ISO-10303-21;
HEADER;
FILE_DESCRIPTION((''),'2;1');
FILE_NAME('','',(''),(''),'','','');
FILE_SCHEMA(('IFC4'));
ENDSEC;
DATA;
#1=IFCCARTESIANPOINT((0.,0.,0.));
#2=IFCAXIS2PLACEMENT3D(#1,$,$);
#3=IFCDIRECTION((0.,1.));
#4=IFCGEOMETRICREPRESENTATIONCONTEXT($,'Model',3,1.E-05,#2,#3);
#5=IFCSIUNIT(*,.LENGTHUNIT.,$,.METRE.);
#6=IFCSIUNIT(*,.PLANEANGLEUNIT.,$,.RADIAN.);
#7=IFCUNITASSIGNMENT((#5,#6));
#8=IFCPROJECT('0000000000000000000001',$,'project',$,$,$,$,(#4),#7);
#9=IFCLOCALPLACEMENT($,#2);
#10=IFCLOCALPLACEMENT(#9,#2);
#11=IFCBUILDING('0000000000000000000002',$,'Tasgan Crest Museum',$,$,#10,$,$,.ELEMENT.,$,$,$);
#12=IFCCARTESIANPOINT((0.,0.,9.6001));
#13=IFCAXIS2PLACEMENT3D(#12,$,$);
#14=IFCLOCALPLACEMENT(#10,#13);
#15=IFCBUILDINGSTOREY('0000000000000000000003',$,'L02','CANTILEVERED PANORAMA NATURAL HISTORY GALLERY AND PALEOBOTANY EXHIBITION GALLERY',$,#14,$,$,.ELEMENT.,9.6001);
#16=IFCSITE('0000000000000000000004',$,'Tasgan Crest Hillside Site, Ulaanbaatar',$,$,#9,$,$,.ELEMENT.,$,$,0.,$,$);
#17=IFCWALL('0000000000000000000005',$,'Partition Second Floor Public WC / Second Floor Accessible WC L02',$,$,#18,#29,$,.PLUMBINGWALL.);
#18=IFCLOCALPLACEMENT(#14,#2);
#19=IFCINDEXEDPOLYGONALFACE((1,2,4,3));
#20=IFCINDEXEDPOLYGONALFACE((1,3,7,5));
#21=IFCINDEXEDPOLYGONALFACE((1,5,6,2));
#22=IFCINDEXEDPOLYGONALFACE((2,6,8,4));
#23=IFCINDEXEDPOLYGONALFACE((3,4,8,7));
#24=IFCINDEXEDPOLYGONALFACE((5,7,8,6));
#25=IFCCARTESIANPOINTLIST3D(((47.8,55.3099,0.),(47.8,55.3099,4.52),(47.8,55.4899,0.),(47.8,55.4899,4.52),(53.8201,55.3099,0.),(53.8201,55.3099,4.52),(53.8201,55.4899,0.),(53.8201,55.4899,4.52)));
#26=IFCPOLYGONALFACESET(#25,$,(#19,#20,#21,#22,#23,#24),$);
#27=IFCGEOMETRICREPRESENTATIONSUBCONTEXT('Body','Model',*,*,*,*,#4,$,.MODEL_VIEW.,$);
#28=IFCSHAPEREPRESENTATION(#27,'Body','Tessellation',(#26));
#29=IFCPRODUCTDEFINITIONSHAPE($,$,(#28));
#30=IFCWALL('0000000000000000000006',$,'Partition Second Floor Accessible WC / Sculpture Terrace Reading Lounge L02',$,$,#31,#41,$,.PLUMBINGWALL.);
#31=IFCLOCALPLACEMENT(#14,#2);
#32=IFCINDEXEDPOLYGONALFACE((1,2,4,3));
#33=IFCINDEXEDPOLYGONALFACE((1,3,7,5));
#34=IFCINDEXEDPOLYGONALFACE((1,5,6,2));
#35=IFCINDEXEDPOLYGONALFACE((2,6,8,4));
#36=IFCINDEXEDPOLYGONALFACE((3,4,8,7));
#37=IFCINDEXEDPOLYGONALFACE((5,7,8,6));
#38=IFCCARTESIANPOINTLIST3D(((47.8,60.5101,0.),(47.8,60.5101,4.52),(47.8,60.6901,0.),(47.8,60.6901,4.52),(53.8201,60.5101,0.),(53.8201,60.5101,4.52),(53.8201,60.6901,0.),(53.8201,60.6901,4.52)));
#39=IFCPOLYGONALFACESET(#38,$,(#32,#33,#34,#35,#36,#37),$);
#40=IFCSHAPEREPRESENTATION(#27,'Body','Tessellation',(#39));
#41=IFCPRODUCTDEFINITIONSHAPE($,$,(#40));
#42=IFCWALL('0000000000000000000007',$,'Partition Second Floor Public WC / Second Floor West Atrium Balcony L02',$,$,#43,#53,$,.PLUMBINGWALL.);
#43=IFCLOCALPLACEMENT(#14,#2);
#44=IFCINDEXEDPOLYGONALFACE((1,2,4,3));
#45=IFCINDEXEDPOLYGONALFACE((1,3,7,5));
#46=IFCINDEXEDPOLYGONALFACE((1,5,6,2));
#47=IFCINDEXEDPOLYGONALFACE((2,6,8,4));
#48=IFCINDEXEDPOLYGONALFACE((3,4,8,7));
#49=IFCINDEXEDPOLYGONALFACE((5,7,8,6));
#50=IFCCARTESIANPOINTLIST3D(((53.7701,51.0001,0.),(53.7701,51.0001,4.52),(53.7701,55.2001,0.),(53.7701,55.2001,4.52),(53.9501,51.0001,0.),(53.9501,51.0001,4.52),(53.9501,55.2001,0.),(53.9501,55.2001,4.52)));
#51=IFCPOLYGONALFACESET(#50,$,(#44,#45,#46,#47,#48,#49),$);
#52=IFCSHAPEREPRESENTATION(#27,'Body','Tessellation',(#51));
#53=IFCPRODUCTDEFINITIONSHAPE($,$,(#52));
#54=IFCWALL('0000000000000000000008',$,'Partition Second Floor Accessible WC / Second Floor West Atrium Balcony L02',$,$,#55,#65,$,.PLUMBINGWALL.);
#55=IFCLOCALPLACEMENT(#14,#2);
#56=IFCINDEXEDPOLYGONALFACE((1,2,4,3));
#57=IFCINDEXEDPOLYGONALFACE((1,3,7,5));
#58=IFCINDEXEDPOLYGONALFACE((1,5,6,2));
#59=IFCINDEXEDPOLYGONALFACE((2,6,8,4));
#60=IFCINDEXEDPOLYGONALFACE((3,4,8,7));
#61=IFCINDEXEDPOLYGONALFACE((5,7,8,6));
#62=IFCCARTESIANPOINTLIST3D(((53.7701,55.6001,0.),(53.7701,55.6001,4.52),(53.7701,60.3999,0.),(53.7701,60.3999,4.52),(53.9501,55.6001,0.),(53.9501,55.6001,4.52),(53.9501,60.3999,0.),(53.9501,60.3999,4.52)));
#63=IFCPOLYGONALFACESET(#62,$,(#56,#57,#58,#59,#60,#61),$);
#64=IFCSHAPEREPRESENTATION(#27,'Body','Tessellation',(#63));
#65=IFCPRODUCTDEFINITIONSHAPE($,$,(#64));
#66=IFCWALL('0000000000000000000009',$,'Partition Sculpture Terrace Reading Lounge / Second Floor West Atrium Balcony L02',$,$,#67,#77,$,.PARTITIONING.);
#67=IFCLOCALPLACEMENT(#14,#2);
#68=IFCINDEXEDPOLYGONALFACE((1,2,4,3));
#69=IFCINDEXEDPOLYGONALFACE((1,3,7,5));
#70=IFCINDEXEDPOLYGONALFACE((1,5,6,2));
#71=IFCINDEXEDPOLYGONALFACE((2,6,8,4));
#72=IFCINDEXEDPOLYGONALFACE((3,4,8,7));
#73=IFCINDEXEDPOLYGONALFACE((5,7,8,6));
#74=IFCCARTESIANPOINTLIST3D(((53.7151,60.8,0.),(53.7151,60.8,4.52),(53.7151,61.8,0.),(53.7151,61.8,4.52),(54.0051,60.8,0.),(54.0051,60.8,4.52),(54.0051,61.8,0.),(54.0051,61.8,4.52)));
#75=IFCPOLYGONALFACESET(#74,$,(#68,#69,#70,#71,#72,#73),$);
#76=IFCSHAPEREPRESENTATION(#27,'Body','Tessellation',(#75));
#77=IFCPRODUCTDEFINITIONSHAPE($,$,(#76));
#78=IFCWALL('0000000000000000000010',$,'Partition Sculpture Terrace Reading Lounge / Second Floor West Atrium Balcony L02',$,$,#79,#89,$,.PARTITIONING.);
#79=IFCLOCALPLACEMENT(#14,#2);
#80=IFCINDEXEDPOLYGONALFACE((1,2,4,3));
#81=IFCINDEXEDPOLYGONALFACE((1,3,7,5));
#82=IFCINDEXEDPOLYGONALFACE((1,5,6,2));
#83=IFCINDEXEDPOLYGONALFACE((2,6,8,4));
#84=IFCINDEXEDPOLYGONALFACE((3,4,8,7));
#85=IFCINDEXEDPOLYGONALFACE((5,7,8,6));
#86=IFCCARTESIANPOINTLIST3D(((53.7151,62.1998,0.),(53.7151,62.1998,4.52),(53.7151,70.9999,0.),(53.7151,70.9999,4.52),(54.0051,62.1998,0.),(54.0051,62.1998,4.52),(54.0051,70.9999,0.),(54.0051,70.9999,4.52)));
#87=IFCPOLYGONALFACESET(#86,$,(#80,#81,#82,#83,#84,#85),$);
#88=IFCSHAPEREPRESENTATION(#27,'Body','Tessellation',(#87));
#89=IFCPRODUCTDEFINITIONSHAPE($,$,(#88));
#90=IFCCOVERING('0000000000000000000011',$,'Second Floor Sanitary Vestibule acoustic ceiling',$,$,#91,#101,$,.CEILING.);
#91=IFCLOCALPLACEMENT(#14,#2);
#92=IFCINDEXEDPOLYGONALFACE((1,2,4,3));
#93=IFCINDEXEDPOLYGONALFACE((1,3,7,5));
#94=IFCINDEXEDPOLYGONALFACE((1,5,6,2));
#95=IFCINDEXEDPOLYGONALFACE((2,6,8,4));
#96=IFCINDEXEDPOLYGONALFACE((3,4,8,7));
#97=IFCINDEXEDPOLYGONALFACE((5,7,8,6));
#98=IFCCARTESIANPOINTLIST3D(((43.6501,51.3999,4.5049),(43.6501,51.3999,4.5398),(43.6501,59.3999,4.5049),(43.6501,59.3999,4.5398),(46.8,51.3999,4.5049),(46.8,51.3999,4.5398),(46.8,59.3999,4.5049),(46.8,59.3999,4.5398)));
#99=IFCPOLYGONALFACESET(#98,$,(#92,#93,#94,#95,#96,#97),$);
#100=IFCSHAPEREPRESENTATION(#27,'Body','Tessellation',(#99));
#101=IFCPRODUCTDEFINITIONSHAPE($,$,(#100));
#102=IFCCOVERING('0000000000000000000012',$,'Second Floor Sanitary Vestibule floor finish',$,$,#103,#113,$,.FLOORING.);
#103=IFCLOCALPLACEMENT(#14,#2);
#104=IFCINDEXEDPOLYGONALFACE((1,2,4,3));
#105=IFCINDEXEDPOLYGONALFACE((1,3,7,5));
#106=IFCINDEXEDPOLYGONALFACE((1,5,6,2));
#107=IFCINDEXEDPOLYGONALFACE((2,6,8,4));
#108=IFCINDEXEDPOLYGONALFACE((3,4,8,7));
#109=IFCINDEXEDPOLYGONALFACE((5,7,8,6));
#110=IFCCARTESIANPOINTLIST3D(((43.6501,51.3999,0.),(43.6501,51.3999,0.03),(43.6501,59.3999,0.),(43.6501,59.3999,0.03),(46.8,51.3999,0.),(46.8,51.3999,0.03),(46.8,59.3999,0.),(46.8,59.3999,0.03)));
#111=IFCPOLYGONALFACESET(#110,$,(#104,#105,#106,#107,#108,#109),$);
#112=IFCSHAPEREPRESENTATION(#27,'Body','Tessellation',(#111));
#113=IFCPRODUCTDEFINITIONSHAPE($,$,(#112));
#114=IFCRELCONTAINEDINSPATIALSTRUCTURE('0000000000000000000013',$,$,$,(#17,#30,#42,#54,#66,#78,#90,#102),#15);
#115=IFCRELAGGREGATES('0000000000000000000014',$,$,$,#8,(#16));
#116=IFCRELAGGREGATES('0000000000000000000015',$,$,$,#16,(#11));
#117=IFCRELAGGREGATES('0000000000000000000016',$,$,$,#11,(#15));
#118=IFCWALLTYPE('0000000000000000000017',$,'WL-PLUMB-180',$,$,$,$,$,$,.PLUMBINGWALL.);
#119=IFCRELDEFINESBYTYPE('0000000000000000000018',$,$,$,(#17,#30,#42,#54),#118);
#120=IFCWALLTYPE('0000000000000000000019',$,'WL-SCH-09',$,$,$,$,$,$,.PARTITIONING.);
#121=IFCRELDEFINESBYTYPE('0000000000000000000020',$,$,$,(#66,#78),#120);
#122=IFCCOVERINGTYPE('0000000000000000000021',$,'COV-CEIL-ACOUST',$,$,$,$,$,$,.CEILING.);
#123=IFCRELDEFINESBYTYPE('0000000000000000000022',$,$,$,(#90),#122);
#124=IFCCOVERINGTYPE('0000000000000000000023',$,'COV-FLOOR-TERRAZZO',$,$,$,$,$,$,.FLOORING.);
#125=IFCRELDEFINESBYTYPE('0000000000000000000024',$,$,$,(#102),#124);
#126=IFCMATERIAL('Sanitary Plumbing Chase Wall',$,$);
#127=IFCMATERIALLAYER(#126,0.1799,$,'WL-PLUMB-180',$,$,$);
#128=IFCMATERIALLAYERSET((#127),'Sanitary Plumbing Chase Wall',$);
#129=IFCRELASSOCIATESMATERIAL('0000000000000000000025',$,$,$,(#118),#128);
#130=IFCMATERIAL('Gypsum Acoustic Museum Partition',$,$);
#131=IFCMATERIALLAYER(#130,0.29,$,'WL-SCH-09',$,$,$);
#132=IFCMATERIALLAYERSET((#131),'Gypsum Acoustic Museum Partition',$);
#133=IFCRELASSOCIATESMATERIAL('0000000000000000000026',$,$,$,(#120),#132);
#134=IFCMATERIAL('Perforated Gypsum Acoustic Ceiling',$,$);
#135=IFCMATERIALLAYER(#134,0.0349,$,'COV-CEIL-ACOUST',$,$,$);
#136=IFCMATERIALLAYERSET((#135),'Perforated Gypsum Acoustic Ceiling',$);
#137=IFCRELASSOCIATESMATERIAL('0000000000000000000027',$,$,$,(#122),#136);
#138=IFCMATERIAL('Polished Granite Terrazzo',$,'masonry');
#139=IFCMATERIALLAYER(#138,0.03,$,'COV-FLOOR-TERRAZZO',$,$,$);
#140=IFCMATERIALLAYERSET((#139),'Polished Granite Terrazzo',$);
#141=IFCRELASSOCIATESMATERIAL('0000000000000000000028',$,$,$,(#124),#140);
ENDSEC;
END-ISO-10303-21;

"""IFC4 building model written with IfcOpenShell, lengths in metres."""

from ifc_helpers import new_model, si_unit, direction, frame, frame_2d, origin, origin_2d, place, context, subcontext, project, spatial, rectangle, extrude, material, layer, layer_set, type_object, element, save


model = new_model("IFC4")

# Units and contexts
model_context = context("Model", 3, precision=1e-05, world=origin(), true_north=direction((0.0, 1.0)))
body_context = subcontext(model_context, "Body", "Model", "MODEL_VIEW")
ifc_project = project(units=[si_unit("LENGTHUNIT", "METRE"), si_unit("PLANEANGLEUNIT", "RADIAN")], contexts=[model_context])

# Site, building, storey
site_placement = place(None, origin())
site = spatial("IfcSite", under=ifc_project, at=site_placement, Name="Tasgan Crest Hillside Site, Ulaanbaatar", CompositionType="ELEMENT", RefElevation=0.0)
building_placement = place(site_placement, origin())
building = spatial("IfcBuilding", under=site, at=building_placement, Name="Tasgan Crest Museum", CompositionType="ELEMENT")
storey_placement = place(building_placement, frame((0.0, 0.0, 9.6001)))
storey = spatial("IfcBuildingStorey", under=building, at=storey_placement, Name="L02", Description="CANTILEVERED PANORAMA NATURAL HISTORY GALLERY AND PALEOBOTANY EXHIBITION GALLERY", CompositionType="ELEMENT", Elevation=9.6001)

# Shared definitions
ifc_material_1 = material(Name="Sanitary Plumbing Chase Wall")
ifc_layer_1 = layer(ifc_material_1, 0.1799, Name="WL-PLUMB-180")
ifc_layer_set_1 = layer_set([ifc_layer_1], Name="Sanitary Plumbing Chase Wall")
wall_type_1 = type_object("IfcWallType", Name="WL-PLUMB-180", PredefinedType="PLUMBINGWALL", material=ifc_layer_set_1)

# Walls
for number, where, z_axis, x_axis, name in (
    (1, (47.8, 55.3999, 0.0), (0.0, 0.0, 1.0), (1.0, 0.0, 0.0), "Partition Second Floor Public WC / Second Floor Accessible WC L02"),
    (2, (47.8, 60.6001, 0.0), (0.0, 0.0, 1.0), (1.0, 0.0, 0.0), "Partition Second Floor Accessible WC / Sculpture Terrace Reading Lounge L02"),
):
    element("IfcWall", number, at=place(storey_placement, frame(where, z_axis=z_axis, x_axis=x_axis)), inside=storey, type_object=wall_type_1, Name=name, PredefinedType="PLUMBINGWALL", context=body_context, shape_type="SweptSolid", body=[
        extrude(rectangle(XDim=6.02, YDim=0.1799, at=frame_2d((3.01, 0.0))), origin(), (0.0, 0.0, 1.0), 4.52),
    ])
wall_1_placement = place(storey_placement, frame((53.8601, 51.0, 0.0), z_axis=(0.0, 0.0, 1.0), x_axis=(0.0, 1.0, 0.0)))
element("IfcWall", 3, at=wall_1_placement, inside=storey, type_object=wall_type_1, Name="Partition Second Floor Public WC / Second Floor West Atrium Balcony L02", PredefinedType="PLUMBINGWALL", context=body_context, shape_type="SweptSolid", body=[
    extrude(rectangle(XDim=4.2, YDim=0.1799, at=frame_2d((2.1001, 0.0))), origin(), (0.0, 0.0, 1.0), 4.52),
])
wall_2_placement = place(storey_placement, frame((53.8601, 55.6001, 0.0), z_axis=(0.0, 0.0, 1.0), x_axis=(0.0, 1.0, 0.0)))
element("IfcWall", 4, at=wall_2_placement, inside=storey, type_object=wall_type_1, Name="Partition Second Floor Accessible WC / Second Floor West Atrium Balcony L02", PredefinedType="PLUMBINGWALL", context=body_context, shape_type="SweptSolid", body=[
    extrude(rectangle(XDim=4.7998, YDim=0.1799, at=frame_2d((2.3999, 0.0))), origin(), (0.0, 0.0, 1.0), 4.52),
])
ifc_material_2 = material(Name="Gypsum Acoustic Museum Partition")
ifc_layer_2 = layer(ifc_material_2, 0.29, Name="WL-SCH-09")
ifc_layer_set_2 = layer_set([ifc_layer_2], Name="Gypsum Acoustic Museum Partition")
wall_type_2 = type_object("IfcWallType", Name="WL-SCH-09", PredefinedType="PARTITIONING", material=ifc_layer_set_2)
wall_3_placement = place(storey_placement, frame((53.8601, 60.8, 0.0), z_axis=(0.0, 0.0, 1.0), x_axis=(0.0, 1.0, 0.0)))
element("IfcWall", 5, at=wall_3_placement, inside=storey, type_object=wall_type_2, Name="Partition Sculpture Terrace Reading Lounge / Second Floor West Atrium Balcony L02", PredefinedType="PARTITIONING", context=body_context, shape_type="SweptSolid", body=[
    extrude(rectangle(XDim=1.0, YDim=0.29, at=frame_2d((0.5, 0.0))), origin(), (0.0, 0.0, 1.0), 4.52),
])
wall_4_placement = place(storey_placement, frame((53.8601, 62.2, 0.0), z_axis=(0.0, 0.0, 1.0), x_axis=(0.0, 1.0, 0.0)))
element("IfcWall", 6, at=wall_4_placement, inside=storey, type_object=wall_type_2, Name="Partition Sculpture Terrace Reading Lounge / Second Floor West Atrium Balcony L02", PredefinedType="PARTITIONING", context=body_context, shape_type="SweptSolid", body=[
    extrude(rectangle(XDim=8.8, YDim=0.29, at=frame_2d((4.3999, 0.0))), origin(), (0.0, 0.0, 1.0), 4.52),
])

# Coverings
ifc_material_3 = material(Name="Perforated Gypsum Acoustic Ceiling")
ifc_layer_3 = layer(ifc_material_3, 0.0349, Name="COV-CEIL-ACOUST")
ifc_layer_set_3 = layer_set([ifc_layer_3], Name="Perforated Gypsum Acoustic Ceiling")
covering_type_1 = type_object("IfcCoveringType", Name="COV-CEIL-ACOUST", PredefinedType="CEILING", material=ifc_layer_set_3)
covering_1_placement = place(storey_placement, frame((45.2251, 55.3999, 4.5049), z_axis=(0.0, 0.0, 1.0), x_axis=(1.0, 0.0, 0.0)))
element("IfcCovering", 7, at=covering_1_placement, inside=storey, type_object=covering_type_1, Name="Second Floor Sanitary Vestibule acoustic ceiling", PredefinedType="CEILING", context=body_context, shape_type="SweptSolid", body=[
    extrude(rectangle(XDim=3.1499, YDim=8.0, at=origin_2d()), origin(), (0.0, 0.0, 1.0), 0.0349),
])
ifc_material_4 = material(Name="Polished Granite Terrazzo", Category="masonry")
ifc_layer_4 = layer(ifc_material_4, 0.03, Name="COV-FLOOR-TERRAZZO")
ifc_layer_set_4 = layer_set([ifc_layer_4], Name="Polished Granite Terrazzo")
covering_type_2 = type_object("IfcCoveringType", Name="COV-FLOOR-TERRAZZO", PredefinedType="FLOORING", material=ifc_layer_set_4)
covering_2_placement = place(storey_placement, frame((45.2251, 55.3999, 0.0), z_axis=(0.0, 0.0, 1.0), x_axis=(1.0, 0.0, 0.0)))
element("IfcCovering", 8, at=covering_2_placement, inside=storey, type_object=covering_type_2, Name="Second Floor Sanitary Vestibule floor finish", PredefinedType="FLOORING", context=body_context, shape_type="SweptSolid", body=[
    extrude(rectangle(XDim=3.1499, YDim=8.0, at=origin_2d()), origin(), (0.0, 0.0, 1.0), 0.03),
])

save(model, "model.ifc")
